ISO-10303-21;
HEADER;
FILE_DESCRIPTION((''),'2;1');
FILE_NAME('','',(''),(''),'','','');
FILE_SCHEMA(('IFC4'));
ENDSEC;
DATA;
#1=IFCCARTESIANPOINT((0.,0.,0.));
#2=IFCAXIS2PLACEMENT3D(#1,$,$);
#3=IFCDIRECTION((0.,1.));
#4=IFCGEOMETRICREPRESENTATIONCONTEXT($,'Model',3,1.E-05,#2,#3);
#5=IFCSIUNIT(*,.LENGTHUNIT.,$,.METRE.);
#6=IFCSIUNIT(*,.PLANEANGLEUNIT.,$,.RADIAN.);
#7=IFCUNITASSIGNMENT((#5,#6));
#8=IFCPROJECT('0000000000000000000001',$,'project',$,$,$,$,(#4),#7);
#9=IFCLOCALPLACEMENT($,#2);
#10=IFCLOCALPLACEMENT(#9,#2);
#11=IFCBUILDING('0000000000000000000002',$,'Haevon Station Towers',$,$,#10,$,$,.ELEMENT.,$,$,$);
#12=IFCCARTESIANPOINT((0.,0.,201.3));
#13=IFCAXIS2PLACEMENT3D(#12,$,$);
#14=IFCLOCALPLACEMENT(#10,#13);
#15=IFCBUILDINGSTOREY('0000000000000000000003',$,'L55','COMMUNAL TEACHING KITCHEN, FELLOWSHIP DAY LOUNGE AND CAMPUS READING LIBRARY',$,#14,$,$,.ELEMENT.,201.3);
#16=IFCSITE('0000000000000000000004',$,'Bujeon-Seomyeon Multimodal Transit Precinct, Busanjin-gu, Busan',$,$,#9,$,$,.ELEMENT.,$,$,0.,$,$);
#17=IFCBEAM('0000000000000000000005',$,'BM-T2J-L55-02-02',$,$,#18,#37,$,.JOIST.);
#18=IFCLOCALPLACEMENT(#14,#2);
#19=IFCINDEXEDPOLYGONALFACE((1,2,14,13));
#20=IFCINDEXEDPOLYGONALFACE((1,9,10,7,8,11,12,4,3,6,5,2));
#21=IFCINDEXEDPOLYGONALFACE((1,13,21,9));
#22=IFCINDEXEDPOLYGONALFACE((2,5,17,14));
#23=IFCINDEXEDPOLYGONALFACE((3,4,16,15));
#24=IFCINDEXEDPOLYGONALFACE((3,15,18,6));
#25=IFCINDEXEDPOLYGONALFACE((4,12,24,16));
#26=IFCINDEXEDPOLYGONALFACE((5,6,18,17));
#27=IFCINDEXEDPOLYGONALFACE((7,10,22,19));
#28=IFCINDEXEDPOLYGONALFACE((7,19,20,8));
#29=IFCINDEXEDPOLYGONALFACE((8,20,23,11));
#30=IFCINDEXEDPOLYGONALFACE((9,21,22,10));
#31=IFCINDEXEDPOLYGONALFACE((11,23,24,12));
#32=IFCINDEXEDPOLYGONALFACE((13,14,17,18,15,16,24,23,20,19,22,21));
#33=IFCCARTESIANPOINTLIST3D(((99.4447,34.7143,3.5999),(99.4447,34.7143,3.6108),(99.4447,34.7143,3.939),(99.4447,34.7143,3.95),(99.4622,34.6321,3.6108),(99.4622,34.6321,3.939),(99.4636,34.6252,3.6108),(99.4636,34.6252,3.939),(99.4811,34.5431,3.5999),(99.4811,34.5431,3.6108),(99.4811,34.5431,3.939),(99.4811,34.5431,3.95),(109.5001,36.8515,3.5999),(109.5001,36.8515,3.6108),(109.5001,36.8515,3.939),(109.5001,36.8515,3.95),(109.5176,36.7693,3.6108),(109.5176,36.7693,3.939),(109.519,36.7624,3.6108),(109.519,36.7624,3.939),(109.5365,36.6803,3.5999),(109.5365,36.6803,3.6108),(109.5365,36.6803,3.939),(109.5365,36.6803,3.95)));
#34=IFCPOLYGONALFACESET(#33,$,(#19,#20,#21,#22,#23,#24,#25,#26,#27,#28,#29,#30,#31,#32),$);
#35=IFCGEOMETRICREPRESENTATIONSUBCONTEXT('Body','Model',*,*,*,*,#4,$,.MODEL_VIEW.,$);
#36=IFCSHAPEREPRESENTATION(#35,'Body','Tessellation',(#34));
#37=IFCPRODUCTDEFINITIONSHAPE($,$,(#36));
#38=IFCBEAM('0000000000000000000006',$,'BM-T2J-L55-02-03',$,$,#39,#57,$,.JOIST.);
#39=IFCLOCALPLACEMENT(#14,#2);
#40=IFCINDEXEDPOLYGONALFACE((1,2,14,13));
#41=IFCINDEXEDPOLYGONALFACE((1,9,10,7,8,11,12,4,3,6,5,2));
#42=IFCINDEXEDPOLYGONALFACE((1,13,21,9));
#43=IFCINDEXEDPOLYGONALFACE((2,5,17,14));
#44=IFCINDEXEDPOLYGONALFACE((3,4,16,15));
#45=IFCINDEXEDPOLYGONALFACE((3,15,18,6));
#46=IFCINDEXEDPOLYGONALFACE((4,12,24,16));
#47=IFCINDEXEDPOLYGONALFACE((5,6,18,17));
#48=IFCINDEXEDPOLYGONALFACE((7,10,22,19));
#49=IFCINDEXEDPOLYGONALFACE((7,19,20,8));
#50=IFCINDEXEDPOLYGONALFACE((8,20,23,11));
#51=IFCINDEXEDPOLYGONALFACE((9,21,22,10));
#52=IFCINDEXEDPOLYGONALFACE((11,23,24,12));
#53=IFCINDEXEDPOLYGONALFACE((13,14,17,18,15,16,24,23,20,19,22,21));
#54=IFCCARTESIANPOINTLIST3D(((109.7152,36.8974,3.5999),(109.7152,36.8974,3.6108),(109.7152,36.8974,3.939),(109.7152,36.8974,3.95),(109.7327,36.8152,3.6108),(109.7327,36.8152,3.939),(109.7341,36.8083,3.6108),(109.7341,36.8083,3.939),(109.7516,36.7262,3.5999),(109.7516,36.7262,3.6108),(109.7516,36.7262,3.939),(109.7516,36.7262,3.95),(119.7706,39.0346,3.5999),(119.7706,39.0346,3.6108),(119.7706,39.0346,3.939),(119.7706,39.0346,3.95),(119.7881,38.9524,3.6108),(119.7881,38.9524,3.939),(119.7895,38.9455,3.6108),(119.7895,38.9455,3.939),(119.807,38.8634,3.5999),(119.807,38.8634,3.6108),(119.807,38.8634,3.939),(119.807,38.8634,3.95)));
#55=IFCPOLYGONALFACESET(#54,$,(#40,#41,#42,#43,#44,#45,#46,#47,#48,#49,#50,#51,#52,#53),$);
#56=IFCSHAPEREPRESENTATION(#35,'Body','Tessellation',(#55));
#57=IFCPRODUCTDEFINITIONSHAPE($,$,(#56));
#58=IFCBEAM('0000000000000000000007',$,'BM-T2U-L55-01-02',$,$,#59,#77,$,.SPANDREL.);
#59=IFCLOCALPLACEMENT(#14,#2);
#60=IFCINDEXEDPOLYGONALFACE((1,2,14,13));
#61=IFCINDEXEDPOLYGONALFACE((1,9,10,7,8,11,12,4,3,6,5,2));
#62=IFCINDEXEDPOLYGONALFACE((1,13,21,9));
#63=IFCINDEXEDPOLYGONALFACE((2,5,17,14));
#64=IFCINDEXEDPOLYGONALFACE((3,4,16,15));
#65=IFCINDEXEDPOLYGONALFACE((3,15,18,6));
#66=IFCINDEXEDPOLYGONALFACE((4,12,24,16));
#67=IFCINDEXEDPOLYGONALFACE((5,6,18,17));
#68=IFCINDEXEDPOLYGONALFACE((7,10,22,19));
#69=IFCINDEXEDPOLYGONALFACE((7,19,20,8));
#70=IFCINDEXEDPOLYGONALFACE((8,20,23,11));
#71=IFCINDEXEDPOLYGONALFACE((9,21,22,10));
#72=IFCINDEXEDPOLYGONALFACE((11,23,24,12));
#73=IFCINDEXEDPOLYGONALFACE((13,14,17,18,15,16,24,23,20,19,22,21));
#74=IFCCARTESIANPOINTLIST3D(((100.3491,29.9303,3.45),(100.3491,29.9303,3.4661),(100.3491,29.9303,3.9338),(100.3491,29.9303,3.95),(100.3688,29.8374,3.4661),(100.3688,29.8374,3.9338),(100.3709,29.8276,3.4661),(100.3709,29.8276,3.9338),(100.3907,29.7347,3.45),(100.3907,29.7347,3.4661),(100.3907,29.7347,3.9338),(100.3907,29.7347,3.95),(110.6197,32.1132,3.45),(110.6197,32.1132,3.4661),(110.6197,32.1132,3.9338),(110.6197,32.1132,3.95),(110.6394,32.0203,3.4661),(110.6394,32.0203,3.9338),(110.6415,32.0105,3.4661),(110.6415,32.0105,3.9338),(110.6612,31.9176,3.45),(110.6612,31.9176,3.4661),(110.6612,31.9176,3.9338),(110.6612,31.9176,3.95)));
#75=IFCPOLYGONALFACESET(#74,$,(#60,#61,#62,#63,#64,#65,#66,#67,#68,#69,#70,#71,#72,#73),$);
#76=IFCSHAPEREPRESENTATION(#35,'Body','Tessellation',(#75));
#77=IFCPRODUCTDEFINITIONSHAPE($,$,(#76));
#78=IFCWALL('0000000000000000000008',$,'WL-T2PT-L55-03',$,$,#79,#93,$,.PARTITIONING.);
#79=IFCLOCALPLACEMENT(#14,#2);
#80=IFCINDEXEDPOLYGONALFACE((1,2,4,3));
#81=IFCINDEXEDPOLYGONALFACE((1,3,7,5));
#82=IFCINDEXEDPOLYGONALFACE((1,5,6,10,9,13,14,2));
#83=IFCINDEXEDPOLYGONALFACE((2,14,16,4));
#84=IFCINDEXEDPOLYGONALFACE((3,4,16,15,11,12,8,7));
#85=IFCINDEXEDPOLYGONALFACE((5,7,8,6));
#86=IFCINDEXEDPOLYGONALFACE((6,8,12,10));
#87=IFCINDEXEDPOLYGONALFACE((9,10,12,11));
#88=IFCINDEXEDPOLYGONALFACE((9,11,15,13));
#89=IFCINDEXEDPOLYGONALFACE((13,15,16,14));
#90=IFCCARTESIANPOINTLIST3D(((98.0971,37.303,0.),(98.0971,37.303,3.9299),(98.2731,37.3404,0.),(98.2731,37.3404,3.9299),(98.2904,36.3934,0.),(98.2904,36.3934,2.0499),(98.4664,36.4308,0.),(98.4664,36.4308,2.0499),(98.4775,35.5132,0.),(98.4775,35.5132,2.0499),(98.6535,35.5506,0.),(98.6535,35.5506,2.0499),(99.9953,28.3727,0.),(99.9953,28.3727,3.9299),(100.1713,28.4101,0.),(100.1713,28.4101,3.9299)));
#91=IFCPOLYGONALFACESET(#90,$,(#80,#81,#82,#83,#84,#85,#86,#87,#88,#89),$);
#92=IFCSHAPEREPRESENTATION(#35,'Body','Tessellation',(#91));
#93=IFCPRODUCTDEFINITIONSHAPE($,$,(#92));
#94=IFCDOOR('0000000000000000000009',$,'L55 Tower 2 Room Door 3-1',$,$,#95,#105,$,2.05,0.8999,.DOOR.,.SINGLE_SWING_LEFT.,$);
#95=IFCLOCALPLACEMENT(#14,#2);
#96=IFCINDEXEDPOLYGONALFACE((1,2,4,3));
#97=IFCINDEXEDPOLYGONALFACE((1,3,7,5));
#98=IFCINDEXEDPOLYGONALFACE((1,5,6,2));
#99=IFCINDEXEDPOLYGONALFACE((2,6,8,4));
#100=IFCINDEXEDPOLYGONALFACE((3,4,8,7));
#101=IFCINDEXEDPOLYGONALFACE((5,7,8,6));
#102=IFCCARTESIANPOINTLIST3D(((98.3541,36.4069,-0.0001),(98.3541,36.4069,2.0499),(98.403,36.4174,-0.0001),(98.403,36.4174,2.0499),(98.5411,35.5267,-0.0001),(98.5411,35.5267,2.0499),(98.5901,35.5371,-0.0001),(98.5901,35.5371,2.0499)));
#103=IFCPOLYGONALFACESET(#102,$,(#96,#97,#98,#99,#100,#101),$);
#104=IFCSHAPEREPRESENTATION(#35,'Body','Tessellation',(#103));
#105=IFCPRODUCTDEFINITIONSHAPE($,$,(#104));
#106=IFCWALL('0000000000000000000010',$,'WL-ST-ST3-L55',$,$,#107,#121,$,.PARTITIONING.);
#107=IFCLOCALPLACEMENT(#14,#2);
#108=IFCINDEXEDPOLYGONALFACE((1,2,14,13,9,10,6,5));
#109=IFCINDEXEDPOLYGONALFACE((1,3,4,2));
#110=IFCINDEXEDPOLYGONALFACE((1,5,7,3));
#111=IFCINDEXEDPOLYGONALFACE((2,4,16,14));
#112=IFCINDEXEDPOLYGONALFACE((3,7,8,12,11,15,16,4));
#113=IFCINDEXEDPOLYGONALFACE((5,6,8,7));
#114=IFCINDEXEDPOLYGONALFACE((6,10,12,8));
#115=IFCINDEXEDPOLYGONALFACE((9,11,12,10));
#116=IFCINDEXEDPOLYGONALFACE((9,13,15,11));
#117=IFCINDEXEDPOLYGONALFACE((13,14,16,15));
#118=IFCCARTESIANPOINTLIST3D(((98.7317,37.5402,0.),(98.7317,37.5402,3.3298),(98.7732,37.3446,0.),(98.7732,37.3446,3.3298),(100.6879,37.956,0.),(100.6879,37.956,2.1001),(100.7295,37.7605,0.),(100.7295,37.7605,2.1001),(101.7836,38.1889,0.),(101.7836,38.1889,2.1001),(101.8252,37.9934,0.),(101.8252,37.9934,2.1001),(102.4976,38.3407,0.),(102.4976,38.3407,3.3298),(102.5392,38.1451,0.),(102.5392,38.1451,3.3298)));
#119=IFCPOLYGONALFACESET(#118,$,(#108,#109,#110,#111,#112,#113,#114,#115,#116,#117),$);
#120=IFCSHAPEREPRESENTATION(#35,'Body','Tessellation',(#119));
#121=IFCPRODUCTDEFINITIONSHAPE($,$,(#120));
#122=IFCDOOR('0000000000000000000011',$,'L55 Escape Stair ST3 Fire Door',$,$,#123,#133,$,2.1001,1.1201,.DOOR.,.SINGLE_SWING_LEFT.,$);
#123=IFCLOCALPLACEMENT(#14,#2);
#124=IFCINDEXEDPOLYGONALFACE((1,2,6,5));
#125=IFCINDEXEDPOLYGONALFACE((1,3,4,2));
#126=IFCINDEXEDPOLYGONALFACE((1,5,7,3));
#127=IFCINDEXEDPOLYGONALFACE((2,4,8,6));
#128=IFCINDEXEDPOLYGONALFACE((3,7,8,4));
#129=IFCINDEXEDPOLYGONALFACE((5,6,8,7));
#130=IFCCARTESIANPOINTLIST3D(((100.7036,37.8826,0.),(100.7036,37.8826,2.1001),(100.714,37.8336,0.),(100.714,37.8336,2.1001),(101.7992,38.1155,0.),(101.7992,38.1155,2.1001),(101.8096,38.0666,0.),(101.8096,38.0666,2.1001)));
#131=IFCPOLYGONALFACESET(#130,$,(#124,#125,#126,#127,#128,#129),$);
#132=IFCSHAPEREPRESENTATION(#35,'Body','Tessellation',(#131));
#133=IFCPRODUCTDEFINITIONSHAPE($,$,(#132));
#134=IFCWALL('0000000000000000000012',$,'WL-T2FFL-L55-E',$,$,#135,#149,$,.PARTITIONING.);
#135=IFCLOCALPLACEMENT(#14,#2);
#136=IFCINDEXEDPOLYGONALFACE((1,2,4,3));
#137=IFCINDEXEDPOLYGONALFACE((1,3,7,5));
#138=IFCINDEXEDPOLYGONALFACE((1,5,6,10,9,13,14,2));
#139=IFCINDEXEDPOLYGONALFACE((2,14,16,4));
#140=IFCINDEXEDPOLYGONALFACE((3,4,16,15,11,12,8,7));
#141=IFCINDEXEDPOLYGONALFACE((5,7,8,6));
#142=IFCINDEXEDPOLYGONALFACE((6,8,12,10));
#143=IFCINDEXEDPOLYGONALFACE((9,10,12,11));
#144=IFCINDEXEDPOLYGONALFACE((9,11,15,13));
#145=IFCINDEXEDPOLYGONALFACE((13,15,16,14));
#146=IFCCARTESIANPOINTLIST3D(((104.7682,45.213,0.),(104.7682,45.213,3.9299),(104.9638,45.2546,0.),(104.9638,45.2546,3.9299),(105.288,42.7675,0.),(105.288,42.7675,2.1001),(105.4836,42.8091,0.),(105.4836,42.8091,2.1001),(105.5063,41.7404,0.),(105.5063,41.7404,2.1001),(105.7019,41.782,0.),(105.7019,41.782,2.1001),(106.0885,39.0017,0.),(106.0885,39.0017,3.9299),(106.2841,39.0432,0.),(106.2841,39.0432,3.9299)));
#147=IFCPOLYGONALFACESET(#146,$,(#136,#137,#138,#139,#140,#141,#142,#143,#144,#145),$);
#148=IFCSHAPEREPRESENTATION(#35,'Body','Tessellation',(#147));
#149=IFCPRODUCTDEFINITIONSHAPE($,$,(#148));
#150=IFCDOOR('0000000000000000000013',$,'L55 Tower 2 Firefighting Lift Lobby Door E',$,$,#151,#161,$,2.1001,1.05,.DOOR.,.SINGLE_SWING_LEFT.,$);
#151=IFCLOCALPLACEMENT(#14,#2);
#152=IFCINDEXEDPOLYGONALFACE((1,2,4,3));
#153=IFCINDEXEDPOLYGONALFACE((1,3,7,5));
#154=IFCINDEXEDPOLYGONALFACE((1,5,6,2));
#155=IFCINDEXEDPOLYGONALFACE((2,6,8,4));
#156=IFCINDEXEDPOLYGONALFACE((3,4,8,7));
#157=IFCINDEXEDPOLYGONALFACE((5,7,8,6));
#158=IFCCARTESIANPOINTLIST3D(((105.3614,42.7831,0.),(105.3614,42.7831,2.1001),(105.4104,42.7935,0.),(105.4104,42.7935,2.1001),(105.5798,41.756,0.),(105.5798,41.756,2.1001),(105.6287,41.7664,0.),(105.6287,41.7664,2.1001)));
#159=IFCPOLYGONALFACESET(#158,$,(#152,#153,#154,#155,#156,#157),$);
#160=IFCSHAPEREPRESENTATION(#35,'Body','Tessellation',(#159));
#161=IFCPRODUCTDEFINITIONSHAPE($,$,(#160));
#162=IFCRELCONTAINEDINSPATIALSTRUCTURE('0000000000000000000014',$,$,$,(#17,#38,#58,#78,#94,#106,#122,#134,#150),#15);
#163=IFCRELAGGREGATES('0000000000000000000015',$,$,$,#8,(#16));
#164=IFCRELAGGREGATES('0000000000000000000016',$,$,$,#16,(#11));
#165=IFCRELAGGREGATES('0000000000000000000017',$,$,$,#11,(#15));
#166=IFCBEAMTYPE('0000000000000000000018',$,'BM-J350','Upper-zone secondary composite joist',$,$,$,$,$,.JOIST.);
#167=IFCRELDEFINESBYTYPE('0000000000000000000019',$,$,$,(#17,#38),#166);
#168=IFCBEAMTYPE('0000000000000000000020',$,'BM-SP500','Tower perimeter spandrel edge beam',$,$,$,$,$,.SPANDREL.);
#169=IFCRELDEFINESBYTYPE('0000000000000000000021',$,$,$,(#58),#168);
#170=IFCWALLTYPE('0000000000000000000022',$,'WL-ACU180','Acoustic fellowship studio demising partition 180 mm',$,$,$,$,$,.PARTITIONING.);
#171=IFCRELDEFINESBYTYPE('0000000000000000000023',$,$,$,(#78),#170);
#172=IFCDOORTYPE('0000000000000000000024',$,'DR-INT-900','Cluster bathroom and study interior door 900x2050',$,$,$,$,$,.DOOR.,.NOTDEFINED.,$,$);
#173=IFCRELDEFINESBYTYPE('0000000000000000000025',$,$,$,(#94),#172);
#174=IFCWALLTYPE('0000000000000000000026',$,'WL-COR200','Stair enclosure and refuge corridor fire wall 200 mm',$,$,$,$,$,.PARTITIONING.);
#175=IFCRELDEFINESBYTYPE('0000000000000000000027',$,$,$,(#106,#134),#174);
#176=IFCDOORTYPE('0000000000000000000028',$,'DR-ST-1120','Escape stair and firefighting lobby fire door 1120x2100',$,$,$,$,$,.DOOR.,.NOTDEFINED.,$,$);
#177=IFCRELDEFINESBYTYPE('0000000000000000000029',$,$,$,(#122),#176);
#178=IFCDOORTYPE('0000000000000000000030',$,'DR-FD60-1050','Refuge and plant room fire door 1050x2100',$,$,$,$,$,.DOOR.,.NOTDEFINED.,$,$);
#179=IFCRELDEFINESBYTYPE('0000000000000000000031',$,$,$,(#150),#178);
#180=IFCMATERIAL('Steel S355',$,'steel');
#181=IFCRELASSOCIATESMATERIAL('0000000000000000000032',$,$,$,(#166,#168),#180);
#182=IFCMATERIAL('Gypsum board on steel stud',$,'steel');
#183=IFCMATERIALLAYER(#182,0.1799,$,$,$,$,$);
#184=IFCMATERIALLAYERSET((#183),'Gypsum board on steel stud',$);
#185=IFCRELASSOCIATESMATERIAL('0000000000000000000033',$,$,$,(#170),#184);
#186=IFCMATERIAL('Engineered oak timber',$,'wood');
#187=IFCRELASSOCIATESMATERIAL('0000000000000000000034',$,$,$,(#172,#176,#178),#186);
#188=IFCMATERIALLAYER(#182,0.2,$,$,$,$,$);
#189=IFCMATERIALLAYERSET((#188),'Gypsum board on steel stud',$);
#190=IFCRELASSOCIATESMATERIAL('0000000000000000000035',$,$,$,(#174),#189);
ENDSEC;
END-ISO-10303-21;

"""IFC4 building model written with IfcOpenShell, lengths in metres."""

from ifc_helpers import new_model, si_unit, direction, frame, frame_2d, origin, origin_2d, place, context, subcontext, project, spatial, rectangle, i_section, extrude, material, layer, layer_set, material_profile, profile_set, type_object, element, fill, save


model = new_model("IFC4")

# Units and contexts
model_context = context("Model", 3, precision=1e-05, world=origin(), true_north=direction((0.0, 1.0)))
body_context = subcontext(model_context, "Body", "Model", "MODEL_VIEW")
ifc_project = project(units=[si_unit("LENGTHUNIT", "METRE"), si_unit("PLANEANGLEUNIT", "RADIAN")], contexts=[model_context])

# Site, building, storey
site_placement = place(None, origin())
site = spatial("IfcSite", under=ifc_project, at=site_placement, Name="Bujeon-Seomyeon Multimodal Transit Precinct, Busanjin-gu, Busan", CompositionType="ELEMENT", RefElevation=0.0)
building_placement = place(site_placement, origin())
building = spatial("IfcBuilding", under=site, at=building_placement, Name="Haevon Station Towers", CompositionType="ELEMENT")
storey_placement = place(building_placement, frame((0.0, 0.0, 201.3)))
storey = spatial("IfcBuildingStorey", under=building, at=storey_placement, Name="L55", Description="COMMUNAL TEACHING KITCHEN, FELLOWSHIP DAY LOUNGE AND CAMPUS READING LIBRARY", CompositionType="ELEMENT", Elevation=201.3)

# Shared definitions
ifc_material_1 = material(Name="Steel S355", Category="steel")

# Beams
ifc_material_profile_1 = material_profile(ifc_material_1, i_section(OverallWidth=0.175, OverallDepth=0.3501, WebThickness=0.0071, FlangeThickness=0.011, at=origin_2d()), Name="H-350x175x7x11")
ifc_profile_set_1 = profile_set([ifc_material_profile_1], Name="Steel S355")
beam_type_1 = type_object("IfcBeamType", Name="BM-J350", Description="Upper-zone secondary composite joist", PredefinedType="JOIST", material=ifc_profile_set_1)
for number, where, z_axis, x_axis, name in (
    (1, (99.4629, 34.6287, 3.7749), (0.97815, 0.207899, 0.0), (-0.207899, 0.97815, 0.0), "BM-T2J-L55-02-02"),
    (2, (109.7334, 36.8118, 3.7749), (0.97815, 0.207899, 0.0), (-0.207899, 0.97815, 0.0), "BM-T2J-L55-02-03"),
):
    element("IfcBeam", number, at=place(storey_placement, frame(where, z_axis=z_axis, x_axis=x_axis)), inside=storey, type_object=beam_type_1, Name=name, PredefinedType="JOIST", context=body_context, shape_type="SweptSolid", body=[
        extrude(i_section(OverallWidth=0.175, OverallDepth=0.3501, WebThickness=0.0071, FlangeThickness=0.011, at=origin_2d()), origin(), (0.0, 0.0, 1.0), 10.28),
    ])
ifc_material_profile_2 = material_profile(ifc_material_1, i_section(OverallWidth=0.2, OverallDepth=0.5, WebThickness=0.01, FlangeThickness=0.0161, at=origin_2d()), Name="H-500x200x10x16")
ifc_profile_set_2 = profile_set([ifc_material_profile_2], Name="Steel S355")
beam_type_2 = type_object("IfcBeamType", Name="BM-SP500", Description="Tower perimeter spandrel edge beam", PredefinedType="SPANDREL", material=ifc_profile_set_2)
beam_1_placement = place(storey_placement, frame((100.3699, 29.8325, 3.7), z_axis=(0.978152, 0.207893, 0.0), x_axis=(-0.207893, 0.978152, 0.0)))
element("IfcBeam", 3, at=beam_1_placement, inside=storey, type_object=beam_type_2, Name="BM-T2U-L55-01-02", PredefinedType="SPANDREL", context=body_context, shape_type="SweptSolid", body=[
    extrude(i_section(OverallWidth=0.2, OverallDepth=0.5, WebThickness=0.01, FlangeThickness=0.0161, at=origin_2d()), origin(), (0.0, 0.0, 1.0), 10.5),
])

# Walls, openings, doors
ifc_material_2 = material(Name="Gypsum board on steel stud", Category="steel")
ifc_layer_1 = layer(ifc_material_2, 0.1799)
ifc_layer_set_1 = layer_set([ifc_layer_1], Name="Gypsum board on steel stud")
wall_type_1 = type_object("IfcWallType", Name="WL-ACU180", Description="Acoustic fellowship studio demising partition 180 mm", PredefinedType="PARTITIONING", material=ifc_layer_set_1)
wall_1_placement = place(storey_placement, frame((100.0833, 28.3914, 0.0), z_axis=(0.0, 0.0, 1.0), x_axis=(-0.207909, 0.978148, 0.0)))
wall_1 = element("IfcWall", 4, at=wall_1_placement, inside=storey, type_object=wall_type_1, Name="WL-T2PT-L55-03", PredefinedType="PARTITIONING", context=body_context, shape_type="SweptSolid", body=[
    extrude(rectangle(XDim=9.1299, YDim=0.1799, at=frame_2d((4.5649, 0.0))), origin(), (0.0, 0.0, 1.0), 3.9299),
])
opening_1_placement = place(wall_1_placement, frame((7.3, 0.0, 0.0)))
opening_1 = element("IfcOpeningElement", 5, at=opening_1_placement, cuts=wall_1, PredefinedType="OPENING", context=body_context, shape_type="SweptSolid", body=[
    extrude(rectangle(XDim=0.8999, YDim=2.05, at=frame_2d((0.45, 1.0249))), frame((0.0, 0.0999, 0.0), z_axis=(0.0, -1.0, 0.0), x_axis=(1.0, 0.0, 0.0)), (0.0, 0.0, 1.0), 0.2),
])
ifc_material_3 = material(Name="Engineered oak timber", Category="wood")
door_type_1 = type_object("IfcDoorType", Name="DR-INT-900", Description="Cluster bathroom and study interior door 900x2050", OperationType="NOTDEFINED", PredefinedType="DOOR", material=ifc_material_3)
door_1_placement = place(opening_1_placement, origin())
door_1 = element("IfcDoor", 6, at=door_1_placement, inside=storey, type_object=door_type_1, Name="L55 Tower 2 Room Door 3-1", OperationType="SINGLE_SWING_LEFT", OverallHeight=2.05, OverallWidth=0.8999, PredefinedType="DOOR", context=body_context, shape_type="SweptSolid", body=[
    extrude(rectangle(XDim=0.8999, YDim=2.05, at=frame_2d((0.45, 1.0249))), frame((0.0, 0.0249, 0.0), z_axis=(0.0, -1.0, 0.0), x_axis=(1.0, 0.0, 0.0)), (0.0, 0.0, 1.0), 0.05),
])
fill(opening_1, door_1)
ifc_layer_2 = layer(ifc_material_2, 0.2)
ifc_layer_set_2 = layer_set([ifc_layer_2], Name="Gypsum board on steel stud")
wall_type_2 = type_object("IfcWallType", Name="WL-COR200", Description="Stair enclosure and refuge corridor fire wall 200 mm", PredefinedType="PARTITIONING", material=ifc_layer_set_2)
wall_2_placement = place(storey_placement, frame((98.7524, 37.4424, 0.0), z_axis=(0.0, 0.0, 1.0), x_axis=(0.978144, 0.207931, 0.0)))
wall_2 = element("IfcWall", 7, at=wall_2_placement, inside=storey, type_object=wall_type_2, Name="WL-ST-ST3-L55", PredefinedType="PARTITIONING", context=body_context, shape_type="SweptSolid", body=[
    extrude(rectangle(XDim=3.8501, YDim=0.2, at=frame_2d((1.925, 0.0))), origin(), (0.0, 0.0, 1.0), 3.3298),
])
opening_2_placement = place(wall_2_placement, frame((2.0, 0.0, 0.0)))
opening_2 = element("IfcOpeningElement", 8, at=opening_2_placement, cuts=wall_2, PredefinedType="OPENING", context=body_context, shape_type="SweptSolid", body=[
    extrude(rectangle(XDim=1.1201, YDim=2.1001, at=frame_2d((0.5601, 1.05))), frame((0.0, 0.1099, 0.0), z_axis=(0.0, -1.0, 0.0), x_axis=(1.0, 0.0, 0.0)), (0.0, 0.0, 1.0), 0.22),
])
door_type_2 = type_object("IfcDoorType", Name="DR-ST-1120", Description="Escape stair and firefighting lobby fire door 1120x2100", OperationType="NOTDEFINED", PredefinedType="DOOR", material=ifc_material_3)
door_2_placement = place(opening_2_placement, origin())
door_2 = element("IfcDoor", 9, at=door_2_placement, inside=storey, type_object=door_type_2, Name="L55 Escape Stair ST3 Fire Door", OperationType="SINGLE_SWING_LEFT", OverallHeight=2.1001, OverallWidth=1.1201, PredefinedType="DOOR", context=body_context, shape_type="SweptSolid", body=[
    extrude(rectangle(XDim=1.1201, YDim=2.1001, at=frame_2d((0.5601, 1.05))), frame((0.0, 0.0249, 0.0), z_axis=(0.0, -1.0, 0.0), x_axis=(1.0, 0.0, 0.0)), (0.0, 0.0, 1.0), 0.05),
])
fill(opening_2, door_2)
wall_3_placement = place(storey_placement, frame((106.1863, 39.0225, 0.0), z_axis=(0.0, 0.0, 1.0), x_axis=(-0.207917, 0.978147, 0.0)))
wall_3 = element("IfcWall", 10, at=wall_3_placement, inside=storey, type_object=wall_type_2, Name="WL-T2FFL-L55-E", PredefinedType="PARTITIONING", context=body_context, shape_type="SweptSolid", body=[
    extrude(rectangle(XDim=6.3501, YDim=0.2, at=frame_2d((3.175, 0.0))), origin(), (0.0, 0.0, 1.0), 3.9299),
])
opening_3_placement = place(wall_3_placement, frame((2.8, 0.0, 0.0)))
opening_3 = element("IfcOpeningElement", 11, at=opening_3_placement, cuts=wall_3, PredefinedType="OPENING", context=body_context, shape_type="SweptSolid", body=[
    extrude(rectangle(XDim=1.05, YDim=2.1001, at=frame_2d((0.5249, 1.05))), frame((0.0, 0.1099, 0.0), z_axis=(0.0, -1.0, 0.0), x_axis=(1.0, 0.0, 0.0)), (0.0, 0.0, 1.0), 0.22),
])
door_type_3 = type_object("IfcDoorType", Name="DR-FD60-1050", Description="Refuge and plant room fire door 1050x2100", OperationType="NOTDEFINED", PredefinedType="DOOR", material=ifc_material_3)
door_3_placement = place(opening_3_placement, origin())
door_3 = element("IfcDoor", 12, at=door_3_placement, inside=storey, type_object=door_type_3, Name="L55 Tower 2 Firefighting Lift Lobby Door E", OperationType="SINGLE_SWING_LEFT", OverallHeight=2.1001, OverallWidth=1.05, PredefinedType="DOOR", context=body_context, shape_type="SweptSolid", body=[
    extrude(rectangle(XDim=1.05, YDim=2.1001, at=frame_2d((0.5249, 1.05))), frame((0.0, 0.0249, 0.0), z_axis=(0.0, -1.0, 0.0), x_axis=(1.0, 0.0, 0.0)), (0.0, 0.0, 1.0), 0.05),
])
fill(opening_3, door_3)

save(model, "model.ifc")
